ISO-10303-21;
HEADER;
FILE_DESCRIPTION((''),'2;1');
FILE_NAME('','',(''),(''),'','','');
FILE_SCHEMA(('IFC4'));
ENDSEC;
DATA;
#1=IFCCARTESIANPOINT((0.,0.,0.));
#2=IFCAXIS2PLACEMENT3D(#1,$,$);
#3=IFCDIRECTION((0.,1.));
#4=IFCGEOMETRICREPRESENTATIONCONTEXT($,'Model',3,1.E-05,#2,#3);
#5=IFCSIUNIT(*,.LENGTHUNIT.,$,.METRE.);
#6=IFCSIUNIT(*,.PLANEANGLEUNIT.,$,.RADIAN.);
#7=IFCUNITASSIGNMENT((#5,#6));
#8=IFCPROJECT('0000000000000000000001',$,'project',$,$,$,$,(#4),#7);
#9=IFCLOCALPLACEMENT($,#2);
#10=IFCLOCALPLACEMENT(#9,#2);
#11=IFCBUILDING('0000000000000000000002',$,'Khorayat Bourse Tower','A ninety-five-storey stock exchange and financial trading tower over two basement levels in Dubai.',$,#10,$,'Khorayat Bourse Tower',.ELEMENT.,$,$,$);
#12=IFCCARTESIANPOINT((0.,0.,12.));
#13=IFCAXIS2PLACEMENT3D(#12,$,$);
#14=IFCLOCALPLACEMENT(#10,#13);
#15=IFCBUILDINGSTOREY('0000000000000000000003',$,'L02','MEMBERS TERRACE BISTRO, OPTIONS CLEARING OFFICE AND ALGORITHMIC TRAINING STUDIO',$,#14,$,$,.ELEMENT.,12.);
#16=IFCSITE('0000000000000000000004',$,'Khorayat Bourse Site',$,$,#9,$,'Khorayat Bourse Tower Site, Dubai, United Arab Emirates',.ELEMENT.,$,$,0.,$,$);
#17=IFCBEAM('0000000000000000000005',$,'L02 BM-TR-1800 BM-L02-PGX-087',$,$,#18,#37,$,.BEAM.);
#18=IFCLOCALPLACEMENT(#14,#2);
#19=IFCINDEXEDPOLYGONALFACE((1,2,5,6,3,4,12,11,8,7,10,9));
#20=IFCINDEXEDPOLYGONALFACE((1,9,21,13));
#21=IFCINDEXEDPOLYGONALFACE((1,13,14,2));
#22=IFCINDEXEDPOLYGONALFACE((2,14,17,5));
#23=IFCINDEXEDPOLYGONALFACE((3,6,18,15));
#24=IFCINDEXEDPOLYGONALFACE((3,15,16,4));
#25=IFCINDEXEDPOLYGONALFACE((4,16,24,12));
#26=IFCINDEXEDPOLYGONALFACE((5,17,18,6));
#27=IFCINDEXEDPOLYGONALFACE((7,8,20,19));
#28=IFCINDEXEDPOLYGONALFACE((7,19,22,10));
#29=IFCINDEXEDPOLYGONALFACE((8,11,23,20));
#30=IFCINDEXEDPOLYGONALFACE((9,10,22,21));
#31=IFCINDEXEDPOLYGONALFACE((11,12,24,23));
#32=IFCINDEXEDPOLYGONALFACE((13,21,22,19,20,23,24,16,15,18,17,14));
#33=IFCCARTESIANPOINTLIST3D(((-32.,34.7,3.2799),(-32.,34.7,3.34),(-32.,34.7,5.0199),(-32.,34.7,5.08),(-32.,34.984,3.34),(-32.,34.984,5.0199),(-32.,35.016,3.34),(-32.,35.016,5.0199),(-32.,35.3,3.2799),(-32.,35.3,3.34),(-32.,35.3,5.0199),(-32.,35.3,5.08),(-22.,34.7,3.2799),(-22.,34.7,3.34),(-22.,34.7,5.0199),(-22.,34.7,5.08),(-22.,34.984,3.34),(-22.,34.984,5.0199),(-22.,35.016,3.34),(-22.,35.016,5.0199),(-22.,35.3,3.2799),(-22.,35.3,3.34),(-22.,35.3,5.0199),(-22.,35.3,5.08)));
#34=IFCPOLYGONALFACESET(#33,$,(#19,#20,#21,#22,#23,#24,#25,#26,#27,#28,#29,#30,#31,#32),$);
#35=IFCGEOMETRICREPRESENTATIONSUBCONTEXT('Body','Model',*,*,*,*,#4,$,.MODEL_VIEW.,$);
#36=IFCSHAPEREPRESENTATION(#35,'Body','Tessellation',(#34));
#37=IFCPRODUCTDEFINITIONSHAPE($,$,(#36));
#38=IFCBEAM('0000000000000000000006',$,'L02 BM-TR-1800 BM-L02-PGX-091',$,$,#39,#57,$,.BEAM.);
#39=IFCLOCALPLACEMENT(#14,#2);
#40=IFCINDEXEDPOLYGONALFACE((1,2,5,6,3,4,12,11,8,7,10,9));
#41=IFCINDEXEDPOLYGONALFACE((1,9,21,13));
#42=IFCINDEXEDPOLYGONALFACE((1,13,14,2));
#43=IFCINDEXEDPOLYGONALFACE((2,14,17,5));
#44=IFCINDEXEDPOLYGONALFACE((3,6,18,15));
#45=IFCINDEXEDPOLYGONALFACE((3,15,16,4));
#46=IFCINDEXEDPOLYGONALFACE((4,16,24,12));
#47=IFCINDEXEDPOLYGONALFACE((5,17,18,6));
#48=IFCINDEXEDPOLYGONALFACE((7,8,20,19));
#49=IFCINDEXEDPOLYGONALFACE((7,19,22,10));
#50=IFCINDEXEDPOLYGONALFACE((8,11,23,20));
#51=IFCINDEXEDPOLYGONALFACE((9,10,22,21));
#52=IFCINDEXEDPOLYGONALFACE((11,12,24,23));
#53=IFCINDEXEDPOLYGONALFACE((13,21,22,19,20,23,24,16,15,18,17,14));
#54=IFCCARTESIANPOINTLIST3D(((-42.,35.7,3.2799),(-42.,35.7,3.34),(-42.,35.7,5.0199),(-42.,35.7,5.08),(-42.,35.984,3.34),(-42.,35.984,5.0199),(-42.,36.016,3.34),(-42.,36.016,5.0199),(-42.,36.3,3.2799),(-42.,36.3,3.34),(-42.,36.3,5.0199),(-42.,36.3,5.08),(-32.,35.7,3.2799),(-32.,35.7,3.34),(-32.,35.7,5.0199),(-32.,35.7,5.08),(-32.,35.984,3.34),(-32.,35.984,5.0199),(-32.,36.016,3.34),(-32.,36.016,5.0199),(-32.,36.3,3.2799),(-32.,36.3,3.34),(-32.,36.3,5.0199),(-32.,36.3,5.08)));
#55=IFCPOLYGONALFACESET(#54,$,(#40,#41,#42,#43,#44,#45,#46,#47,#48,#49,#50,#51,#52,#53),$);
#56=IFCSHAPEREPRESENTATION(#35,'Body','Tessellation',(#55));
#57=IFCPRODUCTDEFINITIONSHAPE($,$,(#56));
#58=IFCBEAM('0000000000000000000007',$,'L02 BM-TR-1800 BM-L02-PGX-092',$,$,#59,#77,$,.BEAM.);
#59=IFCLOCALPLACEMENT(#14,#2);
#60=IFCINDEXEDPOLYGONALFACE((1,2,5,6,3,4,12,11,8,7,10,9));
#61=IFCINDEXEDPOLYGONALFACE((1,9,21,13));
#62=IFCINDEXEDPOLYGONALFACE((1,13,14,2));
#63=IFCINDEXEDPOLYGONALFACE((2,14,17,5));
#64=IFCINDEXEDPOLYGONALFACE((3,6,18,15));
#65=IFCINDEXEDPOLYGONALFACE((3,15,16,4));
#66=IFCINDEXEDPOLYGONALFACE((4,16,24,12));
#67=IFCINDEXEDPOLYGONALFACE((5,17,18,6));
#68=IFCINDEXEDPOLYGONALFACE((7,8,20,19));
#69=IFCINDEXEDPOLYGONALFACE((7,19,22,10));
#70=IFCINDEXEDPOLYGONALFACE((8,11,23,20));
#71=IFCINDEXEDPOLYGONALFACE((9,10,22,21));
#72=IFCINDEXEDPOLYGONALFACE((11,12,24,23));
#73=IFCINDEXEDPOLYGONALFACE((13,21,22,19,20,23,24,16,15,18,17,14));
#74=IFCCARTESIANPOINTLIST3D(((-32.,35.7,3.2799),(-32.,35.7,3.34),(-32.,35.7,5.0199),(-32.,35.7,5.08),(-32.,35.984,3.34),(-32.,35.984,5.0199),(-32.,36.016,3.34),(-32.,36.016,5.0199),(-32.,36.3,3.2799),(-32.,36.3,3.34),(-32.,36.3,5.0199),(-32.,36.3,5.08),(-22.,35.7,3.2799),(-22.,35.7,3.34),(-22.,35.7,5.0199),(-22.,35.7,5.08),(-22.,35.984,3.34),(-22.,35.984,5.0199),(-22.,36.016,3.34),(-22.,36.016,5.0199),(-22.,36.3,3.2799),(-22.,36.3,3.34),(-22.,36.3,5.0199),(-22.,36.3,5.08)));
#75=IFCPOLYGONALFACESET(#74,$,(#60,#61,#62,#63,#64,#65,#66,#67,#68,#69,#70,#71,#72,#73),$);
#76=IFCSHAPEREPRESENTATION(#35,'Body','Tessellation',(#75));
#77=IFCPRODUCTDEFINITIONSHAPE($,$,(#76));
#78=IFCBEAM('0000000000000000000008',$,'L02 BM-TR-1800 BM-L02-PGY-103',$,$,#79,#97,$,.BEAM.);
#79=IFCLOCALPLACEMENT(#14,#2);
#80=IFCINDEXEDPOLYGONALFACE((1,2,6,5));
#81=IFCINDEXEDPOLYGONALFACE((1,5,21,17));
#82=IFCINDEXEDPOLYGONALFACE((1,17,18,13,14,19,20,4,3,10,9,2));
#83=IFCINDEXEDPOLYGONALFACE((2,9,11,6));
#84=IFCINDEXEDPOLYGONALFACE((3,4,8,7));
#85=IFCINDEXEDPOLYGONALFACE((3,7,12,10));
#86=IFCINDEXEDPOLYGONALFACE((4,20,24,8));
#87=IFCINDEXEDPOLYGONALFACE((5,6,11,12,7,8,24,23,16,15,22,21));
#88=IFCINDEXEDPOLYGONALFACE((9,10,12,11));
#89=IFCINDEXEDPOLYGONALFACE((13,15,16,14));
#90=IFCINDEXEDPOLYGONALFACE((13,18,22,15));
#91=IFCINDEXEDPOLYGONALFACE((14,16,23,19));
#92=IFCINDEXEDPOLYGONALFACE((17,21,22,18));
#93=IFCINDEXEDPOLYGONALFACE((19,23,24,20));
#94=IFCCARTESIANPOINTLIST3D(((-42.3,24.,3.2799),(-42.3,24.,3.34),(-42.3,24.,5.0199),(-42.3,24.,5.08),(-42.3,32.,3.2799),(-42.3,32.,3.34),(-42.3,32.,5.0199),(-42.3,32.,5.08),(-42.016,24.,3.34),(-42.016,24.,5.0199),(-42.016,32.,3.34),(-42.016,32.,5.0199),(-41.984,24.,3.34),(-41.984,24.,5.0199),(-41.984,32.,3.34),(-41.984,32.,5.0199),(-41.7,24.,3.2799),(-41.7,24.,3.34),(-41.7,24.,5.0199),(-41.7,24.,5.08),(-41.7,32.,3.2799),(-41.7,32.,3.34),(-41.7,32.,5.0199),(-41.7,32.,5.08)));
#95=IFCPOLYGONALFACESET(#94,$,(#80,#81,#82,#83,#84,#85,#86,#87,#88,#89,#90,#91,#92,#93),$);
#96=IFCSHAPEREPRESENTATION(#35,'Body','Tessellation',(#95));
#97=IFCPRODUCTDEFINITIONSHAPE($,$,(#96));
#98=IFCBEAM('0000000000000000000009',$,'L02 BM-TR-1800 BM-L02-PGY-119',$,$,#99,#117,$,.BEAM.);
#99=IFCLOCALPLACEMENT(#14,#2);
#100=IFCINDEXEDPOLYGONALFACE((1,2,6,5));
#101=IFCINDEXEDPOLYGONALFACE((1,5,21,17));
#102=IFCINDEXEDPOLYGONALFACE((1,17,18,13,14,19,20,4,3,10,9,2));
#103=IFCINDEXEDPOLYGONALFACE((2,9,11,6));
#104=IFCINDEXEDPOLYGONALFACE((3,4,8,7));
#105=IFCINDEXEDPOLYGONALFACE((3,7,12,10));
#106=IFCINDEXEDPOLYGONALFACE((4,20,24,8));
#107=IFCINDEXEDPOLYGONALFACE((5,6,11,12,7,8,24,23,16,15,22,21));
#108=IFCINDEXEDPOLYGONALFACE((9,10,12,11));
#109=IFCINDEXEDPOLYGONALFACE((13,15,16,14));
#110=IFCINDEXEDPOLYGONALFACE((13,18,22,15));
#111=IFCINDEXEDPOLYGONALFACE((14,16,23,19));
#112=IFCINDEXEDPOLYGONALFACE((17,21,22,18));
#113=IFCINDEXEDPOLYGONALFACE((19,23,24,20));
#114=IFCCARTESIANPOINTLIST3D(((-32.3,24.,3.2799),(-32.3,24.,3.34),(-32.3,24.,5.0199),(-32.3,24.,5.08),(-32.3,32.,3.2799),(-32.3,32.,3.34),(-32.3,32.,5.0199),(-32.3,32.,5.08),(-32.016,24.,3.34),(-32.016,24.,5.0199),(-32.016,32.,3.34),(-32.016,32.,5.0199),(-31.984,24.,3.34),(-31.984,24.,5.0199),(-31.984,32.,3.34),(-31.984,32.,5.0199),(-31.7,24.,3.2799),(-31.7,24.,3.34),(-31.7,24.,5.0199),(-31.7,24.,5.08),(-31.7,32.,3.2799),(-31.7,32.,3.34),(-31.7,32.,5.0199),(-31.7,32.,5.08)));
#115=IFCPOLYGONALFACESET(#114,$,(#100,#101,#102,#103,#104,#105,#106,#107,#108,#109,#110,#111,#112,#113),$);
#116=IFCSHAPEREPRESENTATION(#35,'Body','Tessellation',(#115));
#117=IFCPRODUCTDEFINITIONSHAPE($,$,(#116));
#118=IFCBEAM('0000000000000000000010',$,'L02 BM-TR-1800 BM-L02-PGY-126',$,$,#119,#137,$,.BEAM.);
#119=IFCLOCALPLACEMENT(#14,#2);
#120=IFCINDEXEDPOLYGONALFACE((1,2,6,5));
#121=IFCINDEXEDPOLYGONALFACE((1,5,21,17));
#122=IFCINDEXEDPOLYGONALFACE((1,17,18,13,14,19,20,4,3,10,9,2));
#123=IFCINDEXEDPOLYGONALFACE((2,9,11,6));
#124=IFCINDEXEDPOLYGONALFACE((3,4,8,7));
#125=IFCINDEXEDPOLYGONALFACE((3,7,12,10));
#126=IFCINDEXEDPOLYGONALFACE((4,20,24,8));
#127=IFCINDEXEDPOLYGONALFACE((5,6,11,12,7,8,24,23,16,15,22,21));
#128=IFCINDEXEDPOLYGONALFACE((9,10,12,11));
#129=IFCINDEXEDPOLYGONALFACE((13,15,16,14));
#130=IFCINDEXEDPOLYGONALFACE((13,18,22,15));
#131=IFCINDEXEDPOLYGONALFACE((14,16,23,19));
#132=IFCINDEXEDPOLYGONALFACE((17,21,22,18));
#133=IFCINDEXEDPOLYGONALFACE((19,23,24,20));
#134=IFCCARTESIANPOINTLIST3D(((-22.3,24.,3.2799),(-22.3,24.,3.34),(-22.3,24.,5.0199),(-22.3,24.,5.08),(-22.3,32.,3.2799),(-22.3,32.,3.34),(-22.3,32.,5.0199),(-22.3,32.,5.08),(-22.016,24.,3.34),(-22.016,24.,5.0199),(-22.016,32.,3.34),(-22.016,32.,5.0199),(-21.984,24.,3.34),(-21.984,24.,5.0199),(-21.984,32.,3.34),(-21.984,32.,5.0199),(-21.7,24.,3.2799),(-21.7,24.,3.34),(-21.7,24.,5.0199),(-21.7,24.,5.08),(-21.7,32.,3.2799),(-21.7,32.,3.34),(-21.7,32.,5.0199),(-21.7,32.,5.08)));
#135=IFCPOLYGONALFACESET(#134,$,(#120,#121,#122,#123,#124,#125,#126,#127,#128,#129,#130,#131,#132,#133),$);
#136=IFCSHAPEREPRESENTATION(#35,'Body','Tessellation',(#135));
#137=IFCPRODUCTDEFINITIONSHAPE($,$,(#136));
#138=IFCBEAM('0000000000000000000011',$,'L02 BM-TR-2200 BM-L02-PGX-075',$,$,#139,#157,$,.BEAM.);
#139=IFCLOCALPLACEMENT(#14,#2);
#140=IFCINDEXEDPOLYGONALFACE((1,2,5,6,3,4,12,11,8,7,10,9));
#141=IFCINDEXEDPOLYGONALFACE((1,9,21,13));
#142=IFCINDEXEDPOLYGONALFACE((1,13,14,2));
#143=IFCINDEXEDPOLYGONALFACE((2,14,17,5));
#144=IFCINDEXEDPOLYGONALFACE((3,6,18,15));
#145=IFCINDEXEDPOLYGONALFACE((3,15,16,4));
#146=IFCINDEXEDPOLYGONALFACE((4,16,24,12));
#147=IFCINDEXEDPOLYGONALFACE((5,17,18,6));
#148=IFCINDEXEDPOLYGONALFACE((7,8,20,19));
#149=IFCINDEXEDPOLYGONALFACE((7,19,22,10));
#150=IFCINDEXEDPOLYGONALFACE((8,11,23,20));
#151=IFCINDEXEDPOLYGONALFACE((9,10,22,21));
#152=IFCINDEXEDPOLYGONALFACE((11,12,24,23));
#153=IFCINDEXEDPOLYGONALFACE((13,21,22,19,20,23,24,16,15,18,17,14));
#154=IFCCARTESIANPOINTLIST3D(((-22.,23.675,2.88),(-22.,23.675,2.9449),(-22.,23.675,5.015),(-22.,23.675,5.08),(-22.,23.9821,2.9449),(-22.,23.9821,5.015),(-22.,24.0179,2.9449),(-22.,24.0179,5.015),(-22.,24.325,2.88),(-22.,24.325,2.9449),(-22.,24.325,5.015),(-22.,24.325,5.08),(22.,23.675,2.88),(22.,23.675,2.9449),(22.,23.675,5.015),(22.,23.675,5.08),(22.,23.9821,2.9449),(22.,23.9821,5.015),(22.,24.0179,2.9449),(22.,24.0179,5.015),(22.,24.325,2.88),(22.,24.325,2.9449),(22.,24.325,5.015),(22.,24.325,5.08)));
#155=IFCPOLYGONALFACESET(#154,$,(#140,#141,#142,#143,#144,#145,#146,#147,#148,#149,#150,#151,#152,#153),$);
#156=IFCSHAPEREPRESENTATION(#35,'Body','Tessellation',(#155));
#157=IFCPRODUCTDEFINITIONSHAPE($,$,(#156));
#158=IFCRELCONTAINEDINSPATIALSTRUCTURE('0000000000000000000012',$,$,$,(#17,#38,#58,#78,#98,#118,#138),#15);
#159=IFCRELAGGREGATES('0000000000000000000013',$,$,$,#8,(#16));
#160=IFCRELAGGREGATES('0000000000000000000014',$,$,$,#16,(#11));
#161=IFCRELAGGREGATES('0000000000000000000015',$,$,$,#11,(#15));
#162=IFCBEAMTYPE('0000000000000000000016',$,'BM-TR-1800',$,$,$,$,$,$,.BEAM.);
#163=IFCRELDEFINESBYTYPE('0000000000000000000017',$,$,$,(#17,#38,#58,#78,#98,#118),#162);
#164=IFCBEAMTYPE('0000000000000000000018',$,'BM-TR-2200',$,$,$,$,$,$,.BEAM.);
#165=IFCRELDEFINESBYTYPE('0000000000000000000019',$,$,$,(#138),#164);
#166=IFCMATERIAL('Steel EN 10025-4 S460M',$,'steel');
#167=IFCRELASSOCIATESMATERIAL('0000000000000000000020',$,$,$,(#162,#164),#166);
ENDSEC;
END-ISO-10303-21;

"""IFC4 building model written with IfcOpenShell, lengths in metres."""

from ifc_helpers import new_model, si_unit, direction, frame, origin, origin_2d, place, context, subcontext, project, spatial, i_section, extrude, source, transform, mapped, material, material_profile, profile_set, type_object, element, save


model = new_model("IFC4")

# Units and contexts
model_context = context("Model", 3, precision=1e-05, world=origin(), true_north=direction((0.0, 1.0)))
body_context = subcontext(model_context, "Body", "Model", "MODEL_VIEW")
ifc_project = project(units=[si_unit("LENGTHUNIT", "METRE"), si_unit("PLANEANGLEUNIT", "RADIAN")], contexts=[model_context])

# Site, building, storey
site_placement = place(None, origin())
site = spatial("IfcSite", under=ifc_project, at=site_placement, Name="Khorayat Bourse Site", LongName="Khorayat Bourse Tower Site, Dubai, United Arab Emirates", CompositionType="ELEMENT", RefElevation=0.0)
building_placement = place(site_placement, origin())
building = spatial("IfcBuilding", under=site, at=building_placement, Name="Khorayat Bourse Tower", Description="A ninety-five-storey stock exchange and financial trading tower over two basement levels in Dubai.", LongName="Khorayat Bourse Tower", CompositionType="ELEMENT")
storey_placement = place(building_placement, frame((0.0, 0.0, 12.0)))
storey = spatial("IfcBuildingStorey", under=building, at=storey_placement, Name="L02", Description="MEMBERS TERRACE BISTRO, OPTIONS CLEARING OFFICE AND ALGORITHMIC TRAINING STUDIO", CompositionType="ELEMENT", Elevation=12.0)

# Beams
ifc_material_1 = material(Name="Steel EN 10025-4 S460M", Category="steel")
ifc_material_profile_1 = material_profile(ifc_material_1, i_section(OverallWidth=0.6001, OverallDepth=1.8, WebThickness=0.032, FlangeThickness=0.0601, at=origin_2d()), Name="PG 1800x600x32x60")
ifc_profile_set_1 = profile_set([ifc_material_profile_1], Name="Steel EN 10025-4 S460M")
beam_type_1 = type_object("IfcBeamType", Name="BM-TR-1800", PredefinedType="BEAM", material=ifc_profile_set_1)
shared_shape_1 = source(origin(), body_context, "Body", "SweptSolid", [
    extrude(i_section(OverallWidth=0.6001, OverallDepth=1.8, WebThickness=0.032, FlangeThickness=0.0601, at=origin_2d()), origin(), (0.0, 0.0, 1.0), 10.0),
])
for number, where, z_axis, x_axis, name in (
    (1, (-32.0, 35.0, 4.1799), (1.0, 0.0, 0.0), (0.0, 1.0, 0.0), "L02 BM-TR-1800 BM-L02-PGX-087"),
    (2, (-42.0, 36.0, 4.1799), (1.0, 0.0, 0.0), (0.0, 1.0, 0.0), "L02 BM-TR-1800 BM-L02-PGX-091"),
    (3, (-32.0, 36.0, 4.1799), (1.0, 0.0, 0.0), (0.0, 1.0, 0.0), "L02 BM-TR-1800 BM-L02-PGX-092"),
):
    element("IfcBeam", number, at=place(storey_placement, frame(where, z_axis=z_axis, x_axis=x_axis)), inside=storey, type_object=beam_type_1, Name=name, PredefinedType="BEAM", context=body_context, shape_type="MappedRepresentation", body=[
        mapped(shared_shape_1, transform((0.0, 0.0, 0.0), scale=1.0)),
    ])
shared_shape_2 = source(origin(), body_context, "Body", "SweptSolid", [
    extrude(i_section(OverallWidth=0.6001, OverallDepth=1.8, WebThickness=0.032, FlangeThickness=0.0601, at=origin_2d()), origin(), (0.0, 0.0, 1.0), 8.0),
])
for number, where, z_axis, x_axis, name in (
    (4, (-42.0, 24.0, 4.1799), (0.0, 1.0, 0.0), (-1.0, 0.0, 0.0), "L02 BM-TR-1800 BM-L02-PGY-103"),
    (5, (-32.0, 24.0, 4.1799), (0.0, 1.0, 0.0), (-1.0, 0.0, 0.0), "L02 BM-TR-1800 BM-L02-PGY-119"),
    (6, (-22.0, 24.0, 4.1799), (0.0, 1.0, 0.0), (-1.0, 0.0, 0.0), "L02 BM-TR-1800 BM-L02-PGY-126"),
):
    element("IfcBeam", number, at=place(storey_placement, frame(where, z_axis=z_axis, x_axis=x_axis)), inside=storey, type_object=beam_type_1, Name=name, PredefinedType="BEAM", context=body_context, shape_type="MappedRepresentation", body=[
        mapped(shared_shape_2, transform((0.0, 0.0, 0.0), scale=1.0)),
    ])
ifc_material_profile_2 = material_profile(ifc_material_1, i_section(OverallWidth=0.6499, OverallDepth=2.2, WebThickness=0.0359, FlangeThickness=0.0649, at=origin_2d()), Name="PG 2200x650x36x65")
ifc_profile_set_2 = profile_set([ifc_material_profile_2], Name="Steel EN 10025-4 S460M")
beam_type_2 = type_object("IfcBeamType", Name="BM-TR-2200", PredefinedType="BEAM", material=ifc_profile_set_2)
shared_shape_3 = source(origin(), body_context, "Body", "SweptSolid", [
    extrude(i_section(OverallWidth=0.6499, OverallDepth=2.2, WebThickness=0.0359, FlangeThickness=0.0649, at=origin_2d()), origin(), (0.0, 0.0, 1.0), 44.0),
])
beam_1_placement = place(storey_placement, frame((-22.0, 24.0, 3.98), z_axis=(1.0, 0.0, 0.0), x_axis=(0.0, 1.0, 0.0)))
element("IfcBeam", 7, at=beam_1_placement, inside=storey, type_object=beam_type_2, Name="L02 BM-TR-2200 BM-L02-PGX-075", PredefinedType="BEAM", context=body_context, shape_type="MappedRepresentation", body=[
    mapped(shared_shape_3, transform((0.0, 0.0, 0.0), scale=1.0)),
])

save(model, "model.ifc")
